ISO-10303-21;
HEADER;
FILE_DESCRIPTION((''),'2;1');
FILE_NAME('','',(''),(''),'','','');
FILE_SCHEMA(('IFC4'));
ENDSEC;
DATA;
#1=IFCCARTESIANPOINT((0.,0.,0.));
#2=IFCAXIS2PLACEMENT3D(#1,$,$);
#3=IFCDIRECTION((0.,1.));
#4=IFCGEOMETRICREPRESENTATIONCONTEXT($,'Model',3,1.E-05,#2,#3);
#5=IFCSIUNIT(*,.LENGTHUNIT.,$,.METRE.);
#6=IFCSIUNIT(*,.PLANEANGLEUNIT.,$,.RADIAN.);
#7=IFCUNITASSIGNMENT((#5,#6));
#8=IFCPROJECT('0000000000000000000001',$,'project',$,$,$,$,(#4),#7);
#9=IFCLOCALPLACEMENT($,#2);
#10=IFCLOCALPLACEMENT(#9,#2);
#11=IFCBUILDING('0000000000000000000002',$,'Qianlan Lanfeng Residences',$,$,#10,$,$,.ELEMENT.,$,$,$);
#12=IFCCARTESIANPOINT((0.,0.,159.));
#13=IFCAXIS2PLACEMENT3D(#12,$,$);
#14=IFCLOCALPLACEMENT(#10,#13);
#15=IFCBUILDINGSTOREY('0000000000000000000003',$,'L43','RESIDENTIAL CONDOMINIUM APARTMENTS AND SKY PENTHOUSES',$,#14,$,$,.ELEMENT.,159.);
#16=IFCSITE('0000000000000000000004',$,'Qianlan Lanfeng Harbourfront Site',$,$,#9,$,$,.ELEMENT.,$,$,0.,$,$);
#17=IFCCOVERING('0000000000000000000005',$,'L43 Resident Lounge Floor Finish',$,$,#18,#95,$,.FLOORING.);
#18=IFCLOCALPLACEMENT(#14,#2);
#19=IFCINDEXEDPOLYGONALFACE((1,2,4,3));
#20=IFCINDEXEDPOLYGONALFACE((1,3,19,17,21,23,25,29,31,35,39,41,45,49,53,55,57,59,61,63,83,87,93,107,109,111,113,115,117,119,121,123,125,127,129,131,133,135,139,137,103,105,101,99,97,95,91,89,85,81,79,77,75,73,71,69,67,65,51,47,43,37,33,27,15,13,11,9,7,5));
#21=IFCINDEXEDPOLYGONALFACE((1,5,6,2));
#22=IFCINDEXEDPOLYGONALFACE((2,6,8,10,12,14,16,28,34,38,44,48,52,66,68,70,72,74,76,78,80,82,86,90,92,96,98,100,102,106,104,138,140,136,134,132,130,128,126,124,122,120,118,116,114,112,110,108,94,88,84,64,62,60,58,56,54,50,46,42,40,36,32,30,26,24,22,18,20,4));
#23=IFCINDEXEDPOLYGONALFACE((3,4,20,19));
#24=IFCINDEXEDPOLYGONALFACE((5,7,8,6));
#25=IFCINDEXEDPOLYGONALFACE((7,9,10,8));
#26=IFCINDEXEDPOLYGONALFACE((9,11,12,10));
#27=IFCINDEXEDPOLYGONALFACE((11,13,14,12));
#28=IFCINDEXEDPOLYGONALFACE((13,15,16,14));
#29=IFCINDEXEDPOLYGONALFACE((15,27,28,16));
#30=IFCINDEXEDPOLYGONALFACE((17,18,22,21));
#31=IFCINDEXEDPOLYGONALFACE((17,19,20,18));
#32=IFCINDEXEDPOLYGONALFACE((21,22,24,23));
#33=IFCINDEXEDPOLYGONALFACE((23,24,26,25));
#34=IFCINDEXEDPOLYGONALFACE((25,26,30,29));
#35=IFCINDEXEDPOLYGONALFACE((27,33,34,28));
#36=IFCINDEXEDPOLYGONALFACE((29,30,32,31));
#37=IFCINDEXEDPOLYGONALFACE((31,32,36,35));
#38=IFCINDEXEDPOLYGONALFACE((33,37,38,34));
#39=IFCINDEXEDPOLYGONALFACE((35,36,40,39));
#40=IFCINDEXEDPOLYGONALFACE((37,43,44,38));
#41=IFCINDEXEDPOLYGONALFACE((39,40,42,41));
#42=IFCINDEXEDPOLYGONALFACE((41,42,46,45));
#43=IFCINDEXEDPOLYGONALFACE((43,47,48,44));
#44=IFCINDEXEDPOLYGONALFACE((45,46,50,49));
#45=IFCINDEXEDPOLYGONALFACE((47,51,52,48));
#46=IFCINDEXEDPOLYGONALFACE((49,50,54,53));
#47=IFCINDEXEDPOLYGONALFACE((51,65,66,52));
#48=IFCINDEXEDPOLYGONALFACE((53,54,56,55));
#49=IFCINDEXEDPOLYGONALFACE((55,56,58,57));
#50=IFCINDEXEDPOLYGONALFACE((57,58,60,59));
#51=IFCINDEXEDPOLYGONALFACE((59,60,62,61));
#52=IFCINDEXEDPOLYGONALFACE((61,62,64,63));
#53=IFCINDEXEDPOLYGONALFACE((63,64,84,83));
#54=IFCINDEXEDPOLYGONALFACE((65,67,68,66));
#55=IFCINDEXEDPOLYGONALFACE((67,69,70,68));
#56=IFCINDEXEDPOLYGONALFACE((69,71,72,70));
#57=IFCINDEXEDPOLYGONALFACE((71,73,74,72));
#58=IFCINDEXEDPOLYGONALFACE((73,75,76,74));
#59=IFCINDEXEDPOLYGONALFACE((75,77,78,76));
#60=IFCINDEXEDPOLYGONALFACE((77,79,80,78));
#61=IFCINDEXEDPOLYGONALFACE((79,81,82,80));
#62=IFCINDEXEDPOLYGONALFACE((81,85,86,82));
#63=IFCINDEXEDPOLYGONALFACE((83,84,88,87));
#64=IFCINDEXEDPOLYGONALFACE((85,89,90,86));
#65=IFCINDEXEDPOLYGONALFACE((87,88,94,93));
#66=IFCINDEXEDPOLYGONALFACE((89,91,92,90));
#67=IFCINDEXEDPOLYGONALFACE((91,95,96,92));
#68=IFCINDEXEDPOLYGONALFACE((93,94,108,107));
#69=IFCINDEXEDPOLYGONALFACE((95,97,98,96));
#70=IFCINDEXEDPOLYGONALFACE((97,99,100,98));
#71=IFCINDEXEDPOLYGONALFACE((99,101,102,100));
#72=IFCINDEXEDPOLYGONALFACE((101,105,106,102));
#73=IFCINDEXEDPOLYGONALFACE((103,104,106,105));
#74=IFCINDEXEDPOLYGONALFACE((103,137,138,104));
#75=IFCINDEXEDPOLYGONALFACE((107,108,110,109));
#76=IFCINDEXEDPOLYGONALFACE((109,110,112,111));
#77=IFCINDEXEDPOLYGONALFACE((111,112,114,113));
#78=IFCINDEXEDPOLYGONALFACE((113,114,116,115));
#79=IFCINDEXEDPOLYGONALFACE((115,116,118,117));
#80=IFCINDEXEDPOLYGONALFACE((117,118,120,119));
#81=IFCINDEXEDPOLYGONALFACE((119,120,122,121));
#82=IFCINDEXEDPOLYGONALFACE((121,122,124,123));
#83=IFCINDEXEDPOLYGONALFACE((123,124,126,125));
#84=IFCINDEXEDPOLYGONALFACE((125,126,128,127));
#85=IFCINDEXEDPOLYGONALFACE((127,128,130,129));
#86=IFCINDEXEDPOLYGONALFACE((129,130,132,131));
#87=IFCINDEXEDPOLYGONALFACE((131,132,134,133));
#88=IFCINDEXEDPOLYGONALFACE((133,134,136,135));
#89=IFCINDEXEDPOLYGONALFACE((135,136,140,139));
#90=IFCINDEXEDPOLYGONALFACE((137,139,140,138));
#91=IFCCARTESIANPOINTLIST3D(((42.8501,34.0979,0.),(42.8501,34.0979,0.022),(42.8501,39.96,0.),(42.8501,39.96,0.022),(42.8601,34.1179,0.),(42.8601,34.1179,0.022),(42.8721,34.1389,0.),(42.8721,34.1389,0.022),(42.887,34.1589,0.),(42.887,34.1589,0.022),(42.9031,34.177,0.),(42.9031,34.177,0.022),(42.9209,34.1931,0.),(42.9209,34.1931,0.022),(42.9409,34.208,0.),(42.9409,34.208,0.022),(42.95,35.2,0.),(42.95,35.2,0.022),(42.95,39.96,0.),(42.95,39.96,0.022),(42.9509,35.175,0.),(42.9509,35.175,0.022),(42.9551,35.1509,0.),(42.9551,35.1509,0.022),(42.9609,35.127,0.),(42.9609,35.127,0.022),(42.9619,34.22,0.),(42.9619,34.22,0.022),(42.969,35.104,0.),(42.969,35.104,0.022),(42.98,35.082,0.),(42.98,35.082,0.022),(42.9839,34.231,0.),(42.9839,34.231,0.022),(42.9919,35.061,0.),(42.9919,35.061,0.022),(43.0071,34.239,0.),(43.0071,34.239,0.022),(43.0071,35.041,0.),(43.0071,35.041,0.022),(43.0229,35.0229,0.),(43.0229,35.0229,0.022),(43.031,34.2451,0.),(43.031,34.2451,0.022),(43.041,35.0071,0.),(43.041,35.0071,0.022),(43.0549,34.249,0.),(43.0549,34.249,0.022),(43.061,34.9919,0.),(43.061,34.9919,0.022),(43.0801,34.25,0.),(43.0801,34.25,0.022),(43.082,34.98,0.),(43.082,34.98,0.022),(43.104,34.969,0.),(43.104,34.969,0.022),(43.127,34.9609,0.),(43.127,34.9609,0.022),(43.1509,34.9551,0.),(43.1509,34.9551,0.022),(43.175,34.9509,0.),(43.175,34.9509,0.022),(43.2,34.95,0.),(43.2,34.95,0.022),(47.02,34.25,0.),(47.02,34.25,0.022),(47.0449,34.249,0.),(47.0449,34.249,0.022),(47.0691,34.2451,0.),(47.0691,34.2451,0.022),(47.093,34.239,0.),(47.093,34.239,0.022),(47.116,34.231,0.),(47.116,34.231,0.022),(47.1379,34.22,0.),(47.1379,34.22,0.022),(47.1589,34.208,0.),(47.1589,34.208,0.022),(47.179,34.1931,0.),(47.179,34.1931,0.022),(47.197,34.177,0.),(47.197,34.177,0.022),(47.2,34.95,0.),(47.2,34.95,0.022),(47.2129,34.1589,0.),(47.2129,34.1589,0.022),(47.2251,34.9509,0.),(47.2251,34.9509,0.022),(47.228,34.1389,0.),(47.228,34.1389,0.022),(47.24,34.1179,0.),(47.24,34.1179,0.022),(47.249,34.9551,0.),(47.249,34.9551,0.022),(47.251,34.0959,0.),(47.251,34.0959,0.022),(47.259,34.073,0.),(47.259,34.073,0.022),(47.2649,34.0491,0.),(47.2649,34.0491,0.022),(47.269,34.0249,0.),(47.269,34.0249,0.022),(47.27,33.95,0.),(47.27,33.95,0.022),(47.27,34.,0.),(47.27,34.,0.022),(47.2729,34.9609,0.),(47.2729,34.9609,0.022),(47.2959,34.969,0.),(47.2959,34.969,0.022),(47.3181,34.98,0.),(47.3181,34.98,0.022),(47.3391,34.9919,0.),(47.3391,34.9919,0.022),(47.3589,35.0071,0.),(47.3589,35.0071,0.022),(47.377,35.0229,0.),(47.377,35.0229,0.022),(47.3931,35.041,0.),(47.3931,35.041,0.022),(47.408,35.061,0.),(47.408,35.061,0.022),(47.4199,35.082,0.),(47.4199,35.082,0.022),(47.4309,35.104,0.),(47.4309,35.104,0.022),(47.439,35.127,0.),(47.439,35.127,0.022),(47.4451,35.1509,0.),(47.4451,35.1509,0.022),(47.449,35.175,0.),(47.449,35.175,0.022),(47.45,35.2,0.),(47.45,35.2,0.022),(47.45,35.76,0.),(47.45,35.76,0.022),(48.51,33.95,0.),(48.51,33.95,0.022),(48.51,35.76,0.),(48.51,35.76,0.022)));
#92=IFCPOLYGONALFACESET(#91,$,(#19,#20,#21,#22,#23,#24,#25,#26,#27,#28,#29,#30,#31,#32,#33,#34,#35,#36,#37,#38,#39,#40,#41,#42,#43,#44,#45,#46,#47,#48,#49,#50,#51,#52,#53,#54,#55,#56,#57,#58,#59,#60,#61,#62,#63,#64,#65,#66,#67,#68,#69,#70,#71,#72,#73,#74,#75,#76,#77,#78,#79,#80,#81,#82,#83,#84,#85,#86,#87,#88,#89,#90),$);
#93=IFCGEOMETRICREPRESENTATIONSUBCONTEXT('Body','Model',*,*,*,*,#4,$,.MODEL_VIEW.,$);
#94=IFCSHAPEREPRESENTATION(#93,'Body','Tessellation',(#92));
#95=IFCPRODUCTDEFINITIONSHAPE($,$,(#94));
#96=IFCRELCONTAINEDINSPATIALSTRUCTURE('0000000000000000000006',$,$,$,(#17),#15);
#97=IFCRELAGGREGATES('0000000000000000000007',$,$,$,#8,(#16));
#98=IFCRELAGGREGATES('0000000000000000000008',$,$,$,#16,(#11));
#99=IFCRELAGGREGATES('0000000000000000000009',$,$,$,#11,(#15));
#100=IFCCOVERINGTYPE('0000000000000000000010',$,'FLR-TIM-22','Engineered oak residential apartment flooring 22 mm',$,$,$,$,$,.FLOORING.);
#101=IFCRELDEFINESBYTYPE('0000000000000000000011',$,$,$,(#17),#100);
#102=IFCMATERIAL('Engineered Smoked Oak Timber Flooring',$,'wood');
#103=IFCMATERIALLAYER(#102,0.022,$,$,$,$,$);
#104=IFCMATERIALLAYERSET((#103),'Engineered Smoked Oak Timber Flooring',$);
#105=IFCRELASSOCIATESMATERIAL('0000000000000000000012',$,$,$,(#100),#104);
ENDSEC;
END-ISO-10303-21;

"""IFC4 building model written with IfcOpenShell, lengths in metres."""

from ifc_helpers import new_model, si_unit, direction, frame, origin, place, context, subcontext, project, spatial, polyline, outline, extrude, material, layer, layer_set, type_object, element, save


model = new_model("IFC4")

# Units and contexts
model_context = context("Model", 3, precision=1e-05, world=origin(), true_north=direction((0.0, 1.0)))
body_context = subcontext(model_context, "Body", "Model", "MODEL_VIEW")
ifc_project = project(units=[si_unit("LENGTHUNIT", "METRE"), si_unit("PLANEANGLEUNIT", "RADIAN")], contexts=[model_context])

# Site, building, storey
site_placement = place(None, origin())
site = spatial("IfcSite", under=ifc_project, at=site_placement, Name="Qianlan Lanfeng Harbourfront Site", CompositionType="ELEMENT", RefElevation=0.0)
building_placement = place(site_placement, origin())
building = spatial("IfcBuilding", under=site, at=building_placement, Name="Qianlan Lanfeng Residences", CompositionType="ELEMENT")
storey_placement = place(building_placement, frame((0.0, 0.0, 159.0)))
storey = spatial("IfcBuildingStorey", under=building, at=storey_placement, Name="L43", Description="RESIDENTIAL CONDOMINIUM APARTMENTS AND SKY PENTHOUSES", CompositionType="ELEMENT", Elevation=159.0)

# Covering
ifc_material_1 = material(Name="Engineered Smoked Oak Timber Flooring", Category="wood")
ifc_layer_1 = layer(ifc_material_1, 0.022)
ifc_layer_set_1 = layer_set([ifc_layer_1], Name="Engineered Smoked Oak Timber Flooring")
covering_type = type_object("IfcCoveringType", Name="FLR-TIM-22", Description="Engineered oak residential apartment flooring 22 mm", PredefinedType="FLOORING", material=ifc_layer_set_1)
covering_1_placement = place(storey_placement, origin())
element("IfcCovering", 1, at=covering_1_placement, inside=storey, type_object=covering_type, Name="L43 Resident Lounge Floor Finish", PredefinedType="FLOORING", context=body_context, shape_type="SweptSolid", body=[
    extrude(outline(polyline([(42.8501, 34.0979), (42.8601, 34.1179), (42.8721, 34.1389), (42.887, 34.1589), (42.9031, 34.177), (42.9209, 34.1931), (42.9409, 34.208), (42.9619, 34.22), (42.9839, 34.231), (43.0071, 34.239), (43.031, 34.2451), (43.0549, 34.249), (43.0801, 34.25), (47.02, 34.25), (47.0449, 34.249), (47.0691, 34.2451), (47.093, 34.239), (47.116, 34.231), (47.1379, 34.22), (47.1589, 34.208), (47.179, 34.1931), (47.197, 34.177), (47.2129, 34.1589), (47.228, 34.1389), (47.24, 34.1179), (47.251, 34.0959), (47.259, 34.073), (47.2649, 34.0491), (47.269, 34.0249), (47.27, 34.0), (47.27, 33.95), (48.51, 33.95), (48.51, 35.76), (47.45, 35.76), (47.45, 35.2), (47.449, 35.175), (47.4451, 35.1509), (47.439, 35.127), (47.4309, 35.104), (47.4199, 35.082), (47.408, 35.061), (47.3931, 35.041), (47.377, 35.0229), (47.3589, 35.0071), (47.3391, 34.9919), (47.3181, 34.98), (47.2959, 34.969), (47.2729, 34.9609), (47.249, 34.9551), (47.2251, 34.9509), (47.2, 34.95), (43.2, 34.95), (43.175, 34.9509), (43.1509, 34.9551), (43.127, 34.9609), (43.104, 34.969), (43.082, 34.98), (43.061, 34.9919), (43.041, 35.0071), (43.0229, 35.0229), (43.0071, 35.041), (42.9919, 35.061), (42.98, 35.082), (42.969, 35.104), (42.9609, 35.127), (42.9551, 35.1509), (42.9509, 35.175), (42.95, 35.2), (42.95, 39.96), (42.8501, 39.96), (42.8501, 34.0979)])), origin(), (0.0, 0.0, 1.0), 0.022),
])

save(model, "model.ifc")
